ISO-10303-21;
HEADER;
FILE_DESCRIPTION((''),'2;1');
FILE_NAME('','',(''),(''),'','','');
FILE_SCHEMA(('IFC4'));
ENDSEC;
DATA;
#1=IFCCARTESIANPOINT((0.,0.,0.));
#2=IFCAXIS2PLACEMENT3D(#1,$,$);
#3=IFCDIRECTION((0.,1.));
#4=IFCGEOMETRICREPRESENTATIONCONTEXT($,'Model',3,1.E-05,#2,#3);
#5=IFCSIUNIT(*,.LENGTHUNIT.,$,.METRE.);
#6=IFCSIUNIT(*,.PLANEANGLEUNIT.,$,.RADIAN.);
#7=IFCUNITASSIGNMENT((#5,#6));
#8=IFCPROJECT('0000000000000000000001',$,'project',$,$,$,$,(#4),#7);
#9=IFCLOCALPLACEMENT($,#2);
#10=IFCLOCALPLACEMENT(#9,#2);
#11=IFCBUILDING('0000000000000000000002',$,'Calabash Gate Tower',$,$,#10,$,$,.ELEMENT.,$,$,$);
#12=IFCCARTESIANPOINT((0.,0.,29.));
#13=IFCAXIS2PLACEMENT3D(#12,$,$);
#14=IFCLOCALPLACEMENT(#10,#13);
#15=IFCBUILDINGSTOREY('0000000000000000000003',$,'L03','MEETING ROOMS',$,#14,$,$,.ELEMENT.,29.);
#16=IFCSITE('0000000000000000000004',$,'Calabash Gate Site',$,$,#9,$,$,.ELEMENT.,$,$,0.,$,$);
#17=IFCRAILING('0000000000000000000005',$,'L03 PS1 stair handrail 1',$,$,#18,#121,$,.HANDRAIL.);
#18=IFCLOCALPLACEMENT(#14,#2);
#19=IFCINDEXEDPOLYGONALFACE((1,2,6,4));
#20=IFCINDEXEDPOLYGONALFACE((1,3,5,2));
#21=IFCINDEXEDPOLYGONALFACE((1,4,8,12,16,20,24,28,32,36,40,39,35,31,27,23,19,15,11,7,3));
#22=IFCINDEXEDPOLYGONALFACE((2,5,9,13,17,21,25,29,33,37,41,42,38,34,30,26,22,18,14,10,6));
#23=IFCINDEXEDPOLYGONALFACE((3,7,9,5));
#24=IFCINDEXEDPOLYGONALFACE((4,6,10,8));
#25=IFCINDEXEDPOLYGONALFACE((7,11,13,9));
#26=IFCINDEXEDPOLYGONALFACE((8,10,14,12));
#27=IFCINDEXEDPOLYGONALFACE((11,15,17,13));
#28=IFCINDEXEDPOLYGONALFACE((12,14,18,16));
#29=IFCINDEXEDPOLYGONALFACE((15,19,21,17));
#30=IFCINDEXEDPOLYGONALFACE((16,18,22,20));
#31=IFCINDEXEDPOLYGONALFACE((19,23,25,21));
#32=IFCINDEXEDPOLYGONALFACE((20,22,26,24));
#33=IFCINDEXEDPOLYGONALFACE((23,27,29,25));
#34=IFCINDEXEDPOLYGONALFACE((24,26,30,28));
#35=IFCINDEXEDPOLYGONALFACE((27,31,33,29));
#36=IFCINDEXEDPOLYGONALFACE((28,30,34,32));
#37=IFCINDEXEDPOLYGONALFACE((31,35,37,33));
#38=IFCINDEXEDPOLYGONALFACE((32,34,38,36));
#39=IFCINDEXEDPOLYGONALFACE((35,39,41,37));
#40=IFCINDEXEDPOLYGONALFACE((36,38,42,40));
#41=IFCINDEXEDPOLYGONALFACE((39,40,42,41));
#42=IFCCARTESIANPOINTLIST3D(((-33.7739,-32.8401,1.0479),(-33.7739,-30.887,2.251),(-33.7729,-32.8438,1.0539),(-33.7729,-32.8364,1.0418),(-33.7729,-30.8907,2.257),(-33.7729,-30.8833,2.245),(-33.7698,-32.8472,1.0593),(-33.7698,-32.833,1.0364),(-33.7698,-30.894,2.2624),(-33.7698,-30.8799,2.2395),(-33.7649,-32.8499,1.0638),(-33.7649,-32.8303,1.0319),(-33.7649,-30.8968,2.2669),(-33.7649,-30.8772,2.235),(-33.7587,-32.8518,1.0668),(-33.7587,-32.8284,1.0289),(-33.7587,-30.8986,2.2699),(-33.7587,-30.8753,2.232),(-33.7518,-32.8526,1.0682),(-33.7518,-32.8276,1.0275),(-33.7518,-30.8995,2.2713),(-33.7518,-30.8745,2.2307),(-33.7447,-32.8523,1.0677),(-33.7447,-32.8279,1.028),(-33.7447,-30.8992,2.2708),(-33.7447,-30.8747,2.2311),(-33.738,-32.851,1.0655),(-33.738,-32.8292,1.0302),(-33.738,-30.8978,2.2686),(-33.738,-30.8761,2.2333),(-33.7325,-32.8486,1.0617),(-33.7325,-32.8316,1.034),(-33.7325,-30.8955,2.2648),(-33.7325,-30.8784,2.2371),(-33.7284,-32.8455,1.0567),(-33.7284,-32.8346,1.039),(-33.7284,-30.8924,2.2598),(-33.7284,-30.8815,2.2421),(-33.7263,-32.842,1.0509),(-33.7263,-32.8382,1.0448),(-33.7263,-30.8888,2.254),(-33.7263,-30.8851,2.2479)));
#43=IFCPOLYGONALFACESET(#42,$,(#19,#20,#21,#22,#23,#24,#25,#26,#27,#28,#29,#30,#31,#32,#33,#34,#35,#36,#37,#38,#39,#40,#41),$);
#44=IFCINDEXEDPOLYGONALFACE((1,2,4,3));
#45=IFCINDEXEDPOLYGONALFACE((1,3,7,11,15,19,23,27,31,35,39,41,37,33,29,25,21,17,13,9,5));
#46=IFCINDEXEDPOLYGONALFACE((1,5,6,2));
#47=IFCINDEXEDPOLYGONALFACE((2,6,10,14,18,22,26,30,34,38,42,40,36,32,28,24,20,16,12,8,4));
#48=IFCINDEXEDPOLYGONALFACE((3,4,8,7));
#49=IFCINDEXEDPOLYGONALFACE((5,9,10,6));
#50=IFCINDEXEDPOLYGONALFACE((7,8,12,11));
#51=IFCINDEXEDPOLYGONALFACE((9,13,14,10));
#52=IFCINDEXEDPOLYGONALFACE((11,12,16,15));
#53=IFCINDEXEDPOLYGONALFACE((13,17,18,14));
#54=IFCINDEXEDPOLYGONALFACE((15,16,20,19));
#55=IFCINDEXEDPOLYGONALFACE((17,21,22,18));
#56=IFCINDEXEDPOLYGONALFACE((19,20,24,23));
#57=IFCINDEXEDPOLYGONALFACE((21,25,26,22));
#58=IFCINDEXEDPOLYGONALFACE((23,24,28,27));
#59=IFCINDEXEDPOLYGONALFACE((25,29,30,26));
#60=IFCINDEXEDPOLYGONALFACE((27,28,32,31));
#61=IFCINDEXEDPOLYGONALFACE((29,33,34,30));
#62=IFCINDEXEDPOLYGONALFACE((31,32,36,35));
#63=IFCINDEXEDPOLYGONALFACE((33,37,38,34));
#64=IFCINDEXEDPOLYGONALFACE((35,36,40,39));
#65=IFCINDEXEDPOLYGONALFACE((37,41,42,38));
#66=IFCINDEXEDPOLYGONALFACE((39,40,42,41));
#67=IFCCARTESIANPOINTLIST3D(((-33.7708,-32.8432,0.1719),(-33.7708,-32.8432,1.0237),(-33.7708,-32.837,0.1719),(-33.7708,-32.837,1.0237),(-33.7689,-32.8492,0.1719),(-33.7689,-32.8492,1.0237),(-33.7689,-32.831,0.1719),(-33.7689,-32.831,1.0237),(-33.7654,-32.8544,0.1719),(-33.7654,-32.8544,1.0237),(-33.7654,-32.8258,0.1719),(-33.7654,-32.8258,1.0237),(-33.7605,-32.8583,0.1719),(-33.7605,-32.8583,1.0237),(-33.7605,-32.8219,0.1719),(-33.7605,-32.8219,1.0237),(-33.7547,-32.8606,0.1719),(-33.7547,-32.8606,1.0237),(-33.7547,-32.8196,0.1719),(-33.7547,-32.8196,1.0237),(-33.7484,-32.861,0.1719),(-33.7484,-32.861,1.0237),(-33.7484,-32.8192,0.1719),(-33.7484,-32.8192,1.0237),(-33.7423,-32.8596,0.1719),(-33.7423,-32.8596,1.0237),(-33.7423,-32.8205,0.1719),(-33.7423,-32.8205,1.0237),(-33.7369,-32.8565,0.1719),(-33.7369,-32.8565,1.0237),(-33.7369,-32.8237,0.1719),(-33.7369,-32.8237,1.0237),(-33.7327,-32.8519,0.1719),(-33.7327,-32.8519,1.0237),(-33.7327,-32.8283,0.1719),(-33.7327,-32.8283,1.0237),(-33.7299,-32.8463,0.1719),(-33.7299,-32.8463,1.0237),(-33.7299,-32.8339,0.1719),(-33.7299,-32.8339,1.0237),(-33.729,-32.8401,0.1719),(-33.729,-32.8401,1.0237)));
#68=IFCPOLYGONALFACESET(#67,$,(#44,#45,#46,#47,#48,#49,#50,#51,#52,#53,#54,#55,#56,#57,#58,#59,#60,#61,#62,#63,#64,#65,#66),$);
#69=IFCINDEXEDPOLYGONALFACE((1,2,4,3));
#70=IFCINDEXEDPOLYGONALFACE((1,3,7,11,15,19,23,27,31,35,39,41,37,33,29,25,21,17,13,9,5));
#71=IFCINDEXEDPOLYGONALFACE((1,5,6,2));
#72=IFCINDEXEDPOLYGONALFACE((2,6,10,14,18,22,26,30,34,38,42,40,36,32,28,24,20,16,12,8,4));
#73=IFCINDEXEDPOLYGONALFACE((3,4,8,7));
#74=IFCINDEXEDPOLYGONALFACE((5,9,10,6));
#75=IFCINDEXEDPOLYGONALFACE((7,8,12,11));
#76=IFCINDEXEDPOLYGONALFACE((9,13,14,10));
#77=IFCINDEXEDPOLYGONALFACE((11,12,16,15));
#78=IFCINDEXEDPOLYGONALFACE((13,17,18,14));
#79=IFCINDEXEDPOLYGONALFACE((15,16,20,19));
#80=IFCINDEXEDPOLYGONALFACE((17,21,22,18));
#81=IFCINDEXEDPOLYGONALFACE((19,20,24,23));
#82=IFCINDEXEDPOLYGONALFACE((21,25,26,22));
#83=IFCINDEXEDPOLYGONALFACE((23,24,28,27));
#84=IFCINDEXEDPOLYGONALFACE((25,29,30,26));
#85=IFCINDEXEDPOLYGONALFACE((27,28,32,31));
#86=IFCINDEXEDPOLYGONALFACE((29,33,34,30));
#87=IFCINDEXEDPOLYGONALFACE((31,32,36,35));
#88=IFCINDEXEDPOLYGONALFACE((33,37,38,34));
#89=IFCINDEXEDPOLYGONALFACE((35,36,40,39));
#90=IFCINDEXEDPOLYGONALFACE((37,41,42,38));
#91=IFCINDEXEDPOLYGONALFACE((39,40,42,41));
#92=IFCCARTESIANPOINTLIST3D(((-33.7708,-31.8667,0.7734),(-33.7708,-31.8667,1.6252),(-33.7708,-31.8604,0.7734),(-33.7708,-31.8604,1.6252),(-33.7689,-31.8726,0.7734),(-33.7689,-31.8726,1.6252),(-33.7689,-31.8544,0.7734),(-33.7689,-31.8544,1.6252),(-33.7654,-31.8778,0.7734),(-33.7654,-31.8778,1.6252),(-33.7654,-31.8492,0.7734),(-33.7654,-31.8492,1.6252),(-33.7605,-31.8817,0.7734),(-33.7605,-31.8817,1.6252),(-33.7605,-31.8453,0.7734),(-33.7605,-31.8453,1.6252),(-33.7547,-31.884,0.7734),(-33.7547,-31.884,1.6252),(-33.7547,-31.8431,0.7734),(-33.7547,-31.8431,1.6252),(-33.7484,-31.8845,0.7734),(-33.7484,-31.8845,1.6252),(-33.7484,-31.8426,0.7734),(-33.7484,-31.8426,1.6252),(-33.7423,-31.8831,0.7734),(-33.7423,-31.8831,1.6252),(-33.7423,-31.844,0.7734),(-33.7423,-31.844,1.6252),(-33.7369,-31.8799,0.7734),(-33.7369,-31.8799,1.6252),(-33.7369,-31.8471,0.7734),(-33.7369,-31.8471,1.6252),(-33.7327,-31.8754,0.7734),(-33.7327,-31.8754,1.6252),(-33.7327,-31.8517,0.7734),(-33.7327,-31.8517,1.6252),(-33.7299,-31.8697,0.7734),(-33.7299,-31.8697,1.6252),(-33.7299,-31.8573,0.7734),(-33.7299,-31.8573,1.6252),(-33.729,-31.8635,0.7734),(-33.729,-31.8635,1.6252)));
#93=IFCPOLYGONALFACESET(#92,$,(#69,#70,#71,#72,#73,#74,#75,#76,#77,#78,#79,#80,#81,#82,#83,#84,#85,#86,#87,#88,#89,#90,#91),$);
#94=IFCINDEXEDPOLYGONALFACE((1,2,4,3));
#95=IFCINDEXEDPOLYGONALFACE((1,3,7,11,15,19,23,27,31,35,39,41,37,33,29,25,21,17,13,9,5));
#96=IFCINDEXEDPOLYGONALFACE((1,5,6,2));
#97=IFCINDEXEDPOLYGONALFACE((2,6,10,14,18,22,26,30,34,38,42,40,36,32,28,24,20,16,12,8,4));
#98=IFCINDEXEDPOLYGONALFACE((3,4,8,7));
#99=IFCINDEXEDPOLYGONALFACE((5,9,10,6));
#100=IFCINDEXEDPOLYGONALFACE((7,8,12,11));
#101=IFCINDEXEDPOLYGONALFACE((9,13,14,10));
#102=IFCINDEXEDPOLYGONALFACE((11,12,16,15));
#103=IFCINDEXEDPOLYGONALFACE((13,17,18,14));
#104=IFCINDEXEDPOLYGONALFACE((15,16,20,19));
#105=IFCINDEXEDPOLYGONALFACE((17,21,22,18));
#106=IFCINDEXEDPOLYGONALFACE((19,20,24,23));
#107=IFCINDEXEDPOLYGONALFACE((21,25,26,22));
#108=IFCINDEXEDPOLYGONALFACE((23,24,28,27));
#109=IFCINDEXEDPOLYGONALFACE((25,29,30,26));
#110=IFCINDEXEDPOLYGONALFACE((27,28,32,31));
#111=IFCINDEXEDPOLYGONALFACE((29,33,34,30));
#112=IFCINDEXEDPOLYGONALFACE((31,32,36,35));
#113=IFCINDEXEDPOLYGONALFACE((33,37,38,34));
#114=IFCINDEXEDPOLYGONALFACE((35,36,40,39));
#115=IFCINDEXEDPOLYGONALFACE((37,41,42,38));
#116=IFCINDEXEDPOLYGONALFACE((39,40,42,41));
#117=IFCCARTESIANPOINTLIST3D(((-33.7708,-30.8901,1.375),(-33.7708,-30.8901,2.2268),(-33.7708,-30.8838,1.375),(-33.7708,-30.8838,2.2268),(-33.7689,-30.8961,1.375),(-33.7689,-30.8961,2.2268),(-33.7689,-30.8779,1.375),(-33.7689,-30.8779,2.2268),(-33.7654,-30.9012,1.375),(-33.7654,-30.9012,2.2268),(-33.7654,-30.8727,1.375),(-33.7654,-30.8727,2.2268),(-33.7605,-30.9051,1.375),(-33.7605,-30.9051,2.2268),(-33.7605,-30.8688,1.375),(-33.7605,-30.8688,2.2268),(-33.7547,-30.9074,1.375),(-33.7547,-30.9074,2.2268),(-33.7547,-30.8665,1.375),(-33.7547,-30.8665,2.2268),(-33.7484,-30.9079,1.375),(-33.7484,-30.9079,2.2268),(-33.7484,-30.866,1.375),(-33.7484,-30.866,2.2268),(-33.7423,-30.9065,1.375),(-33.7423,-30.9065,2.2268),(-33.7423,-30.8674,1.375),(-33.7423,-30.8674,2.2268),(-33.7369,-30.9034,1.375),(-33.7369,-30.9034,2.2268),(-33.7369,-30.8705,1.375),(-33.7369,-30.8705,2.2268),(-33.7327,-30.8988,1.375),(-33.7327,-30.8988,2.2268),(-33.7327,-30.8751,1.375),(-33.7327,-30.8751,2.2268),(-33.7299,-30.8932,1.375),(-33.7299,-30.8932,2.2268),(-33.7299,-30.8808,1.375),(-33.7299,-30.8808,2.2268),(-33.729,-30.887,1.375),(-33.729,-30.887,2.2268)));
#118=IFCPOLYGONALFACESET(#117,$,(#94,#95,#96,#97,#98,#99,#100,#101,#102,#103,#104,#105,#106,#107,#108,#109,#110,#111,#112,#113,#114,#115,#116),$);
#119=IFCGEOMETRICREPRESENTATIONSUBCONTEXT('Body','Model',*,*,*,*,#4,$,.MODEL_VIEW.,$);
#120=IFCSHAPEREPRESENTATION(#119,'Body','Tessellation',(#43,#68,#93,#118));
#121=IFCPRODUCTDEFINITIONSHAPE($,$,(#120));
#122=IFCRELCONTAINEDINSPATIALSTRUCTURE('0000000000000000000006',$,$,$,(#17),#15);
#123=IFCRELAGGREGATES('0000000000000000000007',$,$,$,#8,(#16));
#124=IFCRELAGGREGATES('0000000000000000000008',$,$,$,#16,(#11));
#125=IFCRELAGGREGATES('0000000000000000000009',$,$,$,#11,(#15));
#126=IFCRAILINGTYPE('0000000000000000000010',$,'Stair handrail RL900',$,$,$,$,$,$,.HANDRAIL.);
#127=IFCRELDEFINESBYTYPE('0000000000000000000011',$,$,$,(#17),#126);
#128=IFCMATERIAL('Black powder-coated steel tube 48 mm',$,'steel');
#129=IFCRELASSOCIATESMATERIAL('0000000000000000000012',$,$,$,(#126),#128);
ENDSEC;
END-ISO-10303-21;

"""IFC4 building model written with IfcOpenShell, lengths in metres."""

from ifc_helpers import new_model, si_unit, direction, frame, origin, origin_2d, place, context, subcontext, project, spatial, circle, extrude, material, type_object, element, save


model = new_model("IFC4")

# Units and contexts
model_context = context("Model", 3, precision=1e-05, world=origin(), true_north=direction((0.0, 1.0)))
body_context = subcontext(model_context, "Body", "Model", "MODEL_VIEW")
ifc_project = project(units=[si_unit("LENGTHUNIT", "METRE"), si_unit("PLANEANGLEUNIT", "RADIAN")], contexts=[model_context])

# Site, building, storey
site_placement = place(None, origin())
site = spatial("IfcSite", under=ifc_project, at=site_placement, Name="Calabash Gate Site", CompositionType="ELEMENT", RefElevation=0.0)
building_placement = place(site_placement, origin())
building = spatial("IfcBuilding", under=site, at=building_placement, Name="Calabash Gate Tower", CompositionType="ELEMENT")
storey_placement = place(building_placement, frame((0.0, 0.0, 29.0)))
storey = spatial("IfcBuildingStorey", under=building, at=storey_placement, Name="L03", Description="MEETING ROOMS", CompositionType="ELEMENT", Elevation=29.0)

# Railing
ifc_material_1 = material(Name="Black powder-coated steel tube 48 mm", Category="steel")
railing_type_1 = type_object("IfcRailingType", Name="Stair handrail RL900", PredefinedType="HANDRAIL", material=ifc_material_1)
railing_1_placement = place(storey_placement, frame((-33.75, -32.8401, 0.1719)))
element("IfcRailing", 1, at=railing_1_placement, inside=storey, type_object=railing_type_1, Name="L03 PS1 stair handrail 1", PredefinedType="HANDRAIL", context=body_context, shape_type="SweptSolid", body=[
    extrude(circle(Radius=0.0239, at=origin_2d()), frame((0.0, 0.0, 0.876), z_axis=(0.0, 0.851424, 0.524477), x_axis=(-1.0, 0.0, 0.0)), (0.0, 0.0, 1.0), 2.2939),
    extrude(circle(Radius=0.021, at=origin_2d()), origin(), (0.0, 0.0, 1.0), 0.8518),
    extrude(circle(Radius=0.021, at=origin_2d()), frame((0.0, 0.9766, 0.6016)), (0.0, 0.0, 1.0), 0.8518),
    extrude(circle(Radius=0.021, at=origin_2d()), frame((0.0, 1.9531, 1.2031)), (0.0, 0.0, 1.0), 0.8518),
])

save(model, "model.ifc")
